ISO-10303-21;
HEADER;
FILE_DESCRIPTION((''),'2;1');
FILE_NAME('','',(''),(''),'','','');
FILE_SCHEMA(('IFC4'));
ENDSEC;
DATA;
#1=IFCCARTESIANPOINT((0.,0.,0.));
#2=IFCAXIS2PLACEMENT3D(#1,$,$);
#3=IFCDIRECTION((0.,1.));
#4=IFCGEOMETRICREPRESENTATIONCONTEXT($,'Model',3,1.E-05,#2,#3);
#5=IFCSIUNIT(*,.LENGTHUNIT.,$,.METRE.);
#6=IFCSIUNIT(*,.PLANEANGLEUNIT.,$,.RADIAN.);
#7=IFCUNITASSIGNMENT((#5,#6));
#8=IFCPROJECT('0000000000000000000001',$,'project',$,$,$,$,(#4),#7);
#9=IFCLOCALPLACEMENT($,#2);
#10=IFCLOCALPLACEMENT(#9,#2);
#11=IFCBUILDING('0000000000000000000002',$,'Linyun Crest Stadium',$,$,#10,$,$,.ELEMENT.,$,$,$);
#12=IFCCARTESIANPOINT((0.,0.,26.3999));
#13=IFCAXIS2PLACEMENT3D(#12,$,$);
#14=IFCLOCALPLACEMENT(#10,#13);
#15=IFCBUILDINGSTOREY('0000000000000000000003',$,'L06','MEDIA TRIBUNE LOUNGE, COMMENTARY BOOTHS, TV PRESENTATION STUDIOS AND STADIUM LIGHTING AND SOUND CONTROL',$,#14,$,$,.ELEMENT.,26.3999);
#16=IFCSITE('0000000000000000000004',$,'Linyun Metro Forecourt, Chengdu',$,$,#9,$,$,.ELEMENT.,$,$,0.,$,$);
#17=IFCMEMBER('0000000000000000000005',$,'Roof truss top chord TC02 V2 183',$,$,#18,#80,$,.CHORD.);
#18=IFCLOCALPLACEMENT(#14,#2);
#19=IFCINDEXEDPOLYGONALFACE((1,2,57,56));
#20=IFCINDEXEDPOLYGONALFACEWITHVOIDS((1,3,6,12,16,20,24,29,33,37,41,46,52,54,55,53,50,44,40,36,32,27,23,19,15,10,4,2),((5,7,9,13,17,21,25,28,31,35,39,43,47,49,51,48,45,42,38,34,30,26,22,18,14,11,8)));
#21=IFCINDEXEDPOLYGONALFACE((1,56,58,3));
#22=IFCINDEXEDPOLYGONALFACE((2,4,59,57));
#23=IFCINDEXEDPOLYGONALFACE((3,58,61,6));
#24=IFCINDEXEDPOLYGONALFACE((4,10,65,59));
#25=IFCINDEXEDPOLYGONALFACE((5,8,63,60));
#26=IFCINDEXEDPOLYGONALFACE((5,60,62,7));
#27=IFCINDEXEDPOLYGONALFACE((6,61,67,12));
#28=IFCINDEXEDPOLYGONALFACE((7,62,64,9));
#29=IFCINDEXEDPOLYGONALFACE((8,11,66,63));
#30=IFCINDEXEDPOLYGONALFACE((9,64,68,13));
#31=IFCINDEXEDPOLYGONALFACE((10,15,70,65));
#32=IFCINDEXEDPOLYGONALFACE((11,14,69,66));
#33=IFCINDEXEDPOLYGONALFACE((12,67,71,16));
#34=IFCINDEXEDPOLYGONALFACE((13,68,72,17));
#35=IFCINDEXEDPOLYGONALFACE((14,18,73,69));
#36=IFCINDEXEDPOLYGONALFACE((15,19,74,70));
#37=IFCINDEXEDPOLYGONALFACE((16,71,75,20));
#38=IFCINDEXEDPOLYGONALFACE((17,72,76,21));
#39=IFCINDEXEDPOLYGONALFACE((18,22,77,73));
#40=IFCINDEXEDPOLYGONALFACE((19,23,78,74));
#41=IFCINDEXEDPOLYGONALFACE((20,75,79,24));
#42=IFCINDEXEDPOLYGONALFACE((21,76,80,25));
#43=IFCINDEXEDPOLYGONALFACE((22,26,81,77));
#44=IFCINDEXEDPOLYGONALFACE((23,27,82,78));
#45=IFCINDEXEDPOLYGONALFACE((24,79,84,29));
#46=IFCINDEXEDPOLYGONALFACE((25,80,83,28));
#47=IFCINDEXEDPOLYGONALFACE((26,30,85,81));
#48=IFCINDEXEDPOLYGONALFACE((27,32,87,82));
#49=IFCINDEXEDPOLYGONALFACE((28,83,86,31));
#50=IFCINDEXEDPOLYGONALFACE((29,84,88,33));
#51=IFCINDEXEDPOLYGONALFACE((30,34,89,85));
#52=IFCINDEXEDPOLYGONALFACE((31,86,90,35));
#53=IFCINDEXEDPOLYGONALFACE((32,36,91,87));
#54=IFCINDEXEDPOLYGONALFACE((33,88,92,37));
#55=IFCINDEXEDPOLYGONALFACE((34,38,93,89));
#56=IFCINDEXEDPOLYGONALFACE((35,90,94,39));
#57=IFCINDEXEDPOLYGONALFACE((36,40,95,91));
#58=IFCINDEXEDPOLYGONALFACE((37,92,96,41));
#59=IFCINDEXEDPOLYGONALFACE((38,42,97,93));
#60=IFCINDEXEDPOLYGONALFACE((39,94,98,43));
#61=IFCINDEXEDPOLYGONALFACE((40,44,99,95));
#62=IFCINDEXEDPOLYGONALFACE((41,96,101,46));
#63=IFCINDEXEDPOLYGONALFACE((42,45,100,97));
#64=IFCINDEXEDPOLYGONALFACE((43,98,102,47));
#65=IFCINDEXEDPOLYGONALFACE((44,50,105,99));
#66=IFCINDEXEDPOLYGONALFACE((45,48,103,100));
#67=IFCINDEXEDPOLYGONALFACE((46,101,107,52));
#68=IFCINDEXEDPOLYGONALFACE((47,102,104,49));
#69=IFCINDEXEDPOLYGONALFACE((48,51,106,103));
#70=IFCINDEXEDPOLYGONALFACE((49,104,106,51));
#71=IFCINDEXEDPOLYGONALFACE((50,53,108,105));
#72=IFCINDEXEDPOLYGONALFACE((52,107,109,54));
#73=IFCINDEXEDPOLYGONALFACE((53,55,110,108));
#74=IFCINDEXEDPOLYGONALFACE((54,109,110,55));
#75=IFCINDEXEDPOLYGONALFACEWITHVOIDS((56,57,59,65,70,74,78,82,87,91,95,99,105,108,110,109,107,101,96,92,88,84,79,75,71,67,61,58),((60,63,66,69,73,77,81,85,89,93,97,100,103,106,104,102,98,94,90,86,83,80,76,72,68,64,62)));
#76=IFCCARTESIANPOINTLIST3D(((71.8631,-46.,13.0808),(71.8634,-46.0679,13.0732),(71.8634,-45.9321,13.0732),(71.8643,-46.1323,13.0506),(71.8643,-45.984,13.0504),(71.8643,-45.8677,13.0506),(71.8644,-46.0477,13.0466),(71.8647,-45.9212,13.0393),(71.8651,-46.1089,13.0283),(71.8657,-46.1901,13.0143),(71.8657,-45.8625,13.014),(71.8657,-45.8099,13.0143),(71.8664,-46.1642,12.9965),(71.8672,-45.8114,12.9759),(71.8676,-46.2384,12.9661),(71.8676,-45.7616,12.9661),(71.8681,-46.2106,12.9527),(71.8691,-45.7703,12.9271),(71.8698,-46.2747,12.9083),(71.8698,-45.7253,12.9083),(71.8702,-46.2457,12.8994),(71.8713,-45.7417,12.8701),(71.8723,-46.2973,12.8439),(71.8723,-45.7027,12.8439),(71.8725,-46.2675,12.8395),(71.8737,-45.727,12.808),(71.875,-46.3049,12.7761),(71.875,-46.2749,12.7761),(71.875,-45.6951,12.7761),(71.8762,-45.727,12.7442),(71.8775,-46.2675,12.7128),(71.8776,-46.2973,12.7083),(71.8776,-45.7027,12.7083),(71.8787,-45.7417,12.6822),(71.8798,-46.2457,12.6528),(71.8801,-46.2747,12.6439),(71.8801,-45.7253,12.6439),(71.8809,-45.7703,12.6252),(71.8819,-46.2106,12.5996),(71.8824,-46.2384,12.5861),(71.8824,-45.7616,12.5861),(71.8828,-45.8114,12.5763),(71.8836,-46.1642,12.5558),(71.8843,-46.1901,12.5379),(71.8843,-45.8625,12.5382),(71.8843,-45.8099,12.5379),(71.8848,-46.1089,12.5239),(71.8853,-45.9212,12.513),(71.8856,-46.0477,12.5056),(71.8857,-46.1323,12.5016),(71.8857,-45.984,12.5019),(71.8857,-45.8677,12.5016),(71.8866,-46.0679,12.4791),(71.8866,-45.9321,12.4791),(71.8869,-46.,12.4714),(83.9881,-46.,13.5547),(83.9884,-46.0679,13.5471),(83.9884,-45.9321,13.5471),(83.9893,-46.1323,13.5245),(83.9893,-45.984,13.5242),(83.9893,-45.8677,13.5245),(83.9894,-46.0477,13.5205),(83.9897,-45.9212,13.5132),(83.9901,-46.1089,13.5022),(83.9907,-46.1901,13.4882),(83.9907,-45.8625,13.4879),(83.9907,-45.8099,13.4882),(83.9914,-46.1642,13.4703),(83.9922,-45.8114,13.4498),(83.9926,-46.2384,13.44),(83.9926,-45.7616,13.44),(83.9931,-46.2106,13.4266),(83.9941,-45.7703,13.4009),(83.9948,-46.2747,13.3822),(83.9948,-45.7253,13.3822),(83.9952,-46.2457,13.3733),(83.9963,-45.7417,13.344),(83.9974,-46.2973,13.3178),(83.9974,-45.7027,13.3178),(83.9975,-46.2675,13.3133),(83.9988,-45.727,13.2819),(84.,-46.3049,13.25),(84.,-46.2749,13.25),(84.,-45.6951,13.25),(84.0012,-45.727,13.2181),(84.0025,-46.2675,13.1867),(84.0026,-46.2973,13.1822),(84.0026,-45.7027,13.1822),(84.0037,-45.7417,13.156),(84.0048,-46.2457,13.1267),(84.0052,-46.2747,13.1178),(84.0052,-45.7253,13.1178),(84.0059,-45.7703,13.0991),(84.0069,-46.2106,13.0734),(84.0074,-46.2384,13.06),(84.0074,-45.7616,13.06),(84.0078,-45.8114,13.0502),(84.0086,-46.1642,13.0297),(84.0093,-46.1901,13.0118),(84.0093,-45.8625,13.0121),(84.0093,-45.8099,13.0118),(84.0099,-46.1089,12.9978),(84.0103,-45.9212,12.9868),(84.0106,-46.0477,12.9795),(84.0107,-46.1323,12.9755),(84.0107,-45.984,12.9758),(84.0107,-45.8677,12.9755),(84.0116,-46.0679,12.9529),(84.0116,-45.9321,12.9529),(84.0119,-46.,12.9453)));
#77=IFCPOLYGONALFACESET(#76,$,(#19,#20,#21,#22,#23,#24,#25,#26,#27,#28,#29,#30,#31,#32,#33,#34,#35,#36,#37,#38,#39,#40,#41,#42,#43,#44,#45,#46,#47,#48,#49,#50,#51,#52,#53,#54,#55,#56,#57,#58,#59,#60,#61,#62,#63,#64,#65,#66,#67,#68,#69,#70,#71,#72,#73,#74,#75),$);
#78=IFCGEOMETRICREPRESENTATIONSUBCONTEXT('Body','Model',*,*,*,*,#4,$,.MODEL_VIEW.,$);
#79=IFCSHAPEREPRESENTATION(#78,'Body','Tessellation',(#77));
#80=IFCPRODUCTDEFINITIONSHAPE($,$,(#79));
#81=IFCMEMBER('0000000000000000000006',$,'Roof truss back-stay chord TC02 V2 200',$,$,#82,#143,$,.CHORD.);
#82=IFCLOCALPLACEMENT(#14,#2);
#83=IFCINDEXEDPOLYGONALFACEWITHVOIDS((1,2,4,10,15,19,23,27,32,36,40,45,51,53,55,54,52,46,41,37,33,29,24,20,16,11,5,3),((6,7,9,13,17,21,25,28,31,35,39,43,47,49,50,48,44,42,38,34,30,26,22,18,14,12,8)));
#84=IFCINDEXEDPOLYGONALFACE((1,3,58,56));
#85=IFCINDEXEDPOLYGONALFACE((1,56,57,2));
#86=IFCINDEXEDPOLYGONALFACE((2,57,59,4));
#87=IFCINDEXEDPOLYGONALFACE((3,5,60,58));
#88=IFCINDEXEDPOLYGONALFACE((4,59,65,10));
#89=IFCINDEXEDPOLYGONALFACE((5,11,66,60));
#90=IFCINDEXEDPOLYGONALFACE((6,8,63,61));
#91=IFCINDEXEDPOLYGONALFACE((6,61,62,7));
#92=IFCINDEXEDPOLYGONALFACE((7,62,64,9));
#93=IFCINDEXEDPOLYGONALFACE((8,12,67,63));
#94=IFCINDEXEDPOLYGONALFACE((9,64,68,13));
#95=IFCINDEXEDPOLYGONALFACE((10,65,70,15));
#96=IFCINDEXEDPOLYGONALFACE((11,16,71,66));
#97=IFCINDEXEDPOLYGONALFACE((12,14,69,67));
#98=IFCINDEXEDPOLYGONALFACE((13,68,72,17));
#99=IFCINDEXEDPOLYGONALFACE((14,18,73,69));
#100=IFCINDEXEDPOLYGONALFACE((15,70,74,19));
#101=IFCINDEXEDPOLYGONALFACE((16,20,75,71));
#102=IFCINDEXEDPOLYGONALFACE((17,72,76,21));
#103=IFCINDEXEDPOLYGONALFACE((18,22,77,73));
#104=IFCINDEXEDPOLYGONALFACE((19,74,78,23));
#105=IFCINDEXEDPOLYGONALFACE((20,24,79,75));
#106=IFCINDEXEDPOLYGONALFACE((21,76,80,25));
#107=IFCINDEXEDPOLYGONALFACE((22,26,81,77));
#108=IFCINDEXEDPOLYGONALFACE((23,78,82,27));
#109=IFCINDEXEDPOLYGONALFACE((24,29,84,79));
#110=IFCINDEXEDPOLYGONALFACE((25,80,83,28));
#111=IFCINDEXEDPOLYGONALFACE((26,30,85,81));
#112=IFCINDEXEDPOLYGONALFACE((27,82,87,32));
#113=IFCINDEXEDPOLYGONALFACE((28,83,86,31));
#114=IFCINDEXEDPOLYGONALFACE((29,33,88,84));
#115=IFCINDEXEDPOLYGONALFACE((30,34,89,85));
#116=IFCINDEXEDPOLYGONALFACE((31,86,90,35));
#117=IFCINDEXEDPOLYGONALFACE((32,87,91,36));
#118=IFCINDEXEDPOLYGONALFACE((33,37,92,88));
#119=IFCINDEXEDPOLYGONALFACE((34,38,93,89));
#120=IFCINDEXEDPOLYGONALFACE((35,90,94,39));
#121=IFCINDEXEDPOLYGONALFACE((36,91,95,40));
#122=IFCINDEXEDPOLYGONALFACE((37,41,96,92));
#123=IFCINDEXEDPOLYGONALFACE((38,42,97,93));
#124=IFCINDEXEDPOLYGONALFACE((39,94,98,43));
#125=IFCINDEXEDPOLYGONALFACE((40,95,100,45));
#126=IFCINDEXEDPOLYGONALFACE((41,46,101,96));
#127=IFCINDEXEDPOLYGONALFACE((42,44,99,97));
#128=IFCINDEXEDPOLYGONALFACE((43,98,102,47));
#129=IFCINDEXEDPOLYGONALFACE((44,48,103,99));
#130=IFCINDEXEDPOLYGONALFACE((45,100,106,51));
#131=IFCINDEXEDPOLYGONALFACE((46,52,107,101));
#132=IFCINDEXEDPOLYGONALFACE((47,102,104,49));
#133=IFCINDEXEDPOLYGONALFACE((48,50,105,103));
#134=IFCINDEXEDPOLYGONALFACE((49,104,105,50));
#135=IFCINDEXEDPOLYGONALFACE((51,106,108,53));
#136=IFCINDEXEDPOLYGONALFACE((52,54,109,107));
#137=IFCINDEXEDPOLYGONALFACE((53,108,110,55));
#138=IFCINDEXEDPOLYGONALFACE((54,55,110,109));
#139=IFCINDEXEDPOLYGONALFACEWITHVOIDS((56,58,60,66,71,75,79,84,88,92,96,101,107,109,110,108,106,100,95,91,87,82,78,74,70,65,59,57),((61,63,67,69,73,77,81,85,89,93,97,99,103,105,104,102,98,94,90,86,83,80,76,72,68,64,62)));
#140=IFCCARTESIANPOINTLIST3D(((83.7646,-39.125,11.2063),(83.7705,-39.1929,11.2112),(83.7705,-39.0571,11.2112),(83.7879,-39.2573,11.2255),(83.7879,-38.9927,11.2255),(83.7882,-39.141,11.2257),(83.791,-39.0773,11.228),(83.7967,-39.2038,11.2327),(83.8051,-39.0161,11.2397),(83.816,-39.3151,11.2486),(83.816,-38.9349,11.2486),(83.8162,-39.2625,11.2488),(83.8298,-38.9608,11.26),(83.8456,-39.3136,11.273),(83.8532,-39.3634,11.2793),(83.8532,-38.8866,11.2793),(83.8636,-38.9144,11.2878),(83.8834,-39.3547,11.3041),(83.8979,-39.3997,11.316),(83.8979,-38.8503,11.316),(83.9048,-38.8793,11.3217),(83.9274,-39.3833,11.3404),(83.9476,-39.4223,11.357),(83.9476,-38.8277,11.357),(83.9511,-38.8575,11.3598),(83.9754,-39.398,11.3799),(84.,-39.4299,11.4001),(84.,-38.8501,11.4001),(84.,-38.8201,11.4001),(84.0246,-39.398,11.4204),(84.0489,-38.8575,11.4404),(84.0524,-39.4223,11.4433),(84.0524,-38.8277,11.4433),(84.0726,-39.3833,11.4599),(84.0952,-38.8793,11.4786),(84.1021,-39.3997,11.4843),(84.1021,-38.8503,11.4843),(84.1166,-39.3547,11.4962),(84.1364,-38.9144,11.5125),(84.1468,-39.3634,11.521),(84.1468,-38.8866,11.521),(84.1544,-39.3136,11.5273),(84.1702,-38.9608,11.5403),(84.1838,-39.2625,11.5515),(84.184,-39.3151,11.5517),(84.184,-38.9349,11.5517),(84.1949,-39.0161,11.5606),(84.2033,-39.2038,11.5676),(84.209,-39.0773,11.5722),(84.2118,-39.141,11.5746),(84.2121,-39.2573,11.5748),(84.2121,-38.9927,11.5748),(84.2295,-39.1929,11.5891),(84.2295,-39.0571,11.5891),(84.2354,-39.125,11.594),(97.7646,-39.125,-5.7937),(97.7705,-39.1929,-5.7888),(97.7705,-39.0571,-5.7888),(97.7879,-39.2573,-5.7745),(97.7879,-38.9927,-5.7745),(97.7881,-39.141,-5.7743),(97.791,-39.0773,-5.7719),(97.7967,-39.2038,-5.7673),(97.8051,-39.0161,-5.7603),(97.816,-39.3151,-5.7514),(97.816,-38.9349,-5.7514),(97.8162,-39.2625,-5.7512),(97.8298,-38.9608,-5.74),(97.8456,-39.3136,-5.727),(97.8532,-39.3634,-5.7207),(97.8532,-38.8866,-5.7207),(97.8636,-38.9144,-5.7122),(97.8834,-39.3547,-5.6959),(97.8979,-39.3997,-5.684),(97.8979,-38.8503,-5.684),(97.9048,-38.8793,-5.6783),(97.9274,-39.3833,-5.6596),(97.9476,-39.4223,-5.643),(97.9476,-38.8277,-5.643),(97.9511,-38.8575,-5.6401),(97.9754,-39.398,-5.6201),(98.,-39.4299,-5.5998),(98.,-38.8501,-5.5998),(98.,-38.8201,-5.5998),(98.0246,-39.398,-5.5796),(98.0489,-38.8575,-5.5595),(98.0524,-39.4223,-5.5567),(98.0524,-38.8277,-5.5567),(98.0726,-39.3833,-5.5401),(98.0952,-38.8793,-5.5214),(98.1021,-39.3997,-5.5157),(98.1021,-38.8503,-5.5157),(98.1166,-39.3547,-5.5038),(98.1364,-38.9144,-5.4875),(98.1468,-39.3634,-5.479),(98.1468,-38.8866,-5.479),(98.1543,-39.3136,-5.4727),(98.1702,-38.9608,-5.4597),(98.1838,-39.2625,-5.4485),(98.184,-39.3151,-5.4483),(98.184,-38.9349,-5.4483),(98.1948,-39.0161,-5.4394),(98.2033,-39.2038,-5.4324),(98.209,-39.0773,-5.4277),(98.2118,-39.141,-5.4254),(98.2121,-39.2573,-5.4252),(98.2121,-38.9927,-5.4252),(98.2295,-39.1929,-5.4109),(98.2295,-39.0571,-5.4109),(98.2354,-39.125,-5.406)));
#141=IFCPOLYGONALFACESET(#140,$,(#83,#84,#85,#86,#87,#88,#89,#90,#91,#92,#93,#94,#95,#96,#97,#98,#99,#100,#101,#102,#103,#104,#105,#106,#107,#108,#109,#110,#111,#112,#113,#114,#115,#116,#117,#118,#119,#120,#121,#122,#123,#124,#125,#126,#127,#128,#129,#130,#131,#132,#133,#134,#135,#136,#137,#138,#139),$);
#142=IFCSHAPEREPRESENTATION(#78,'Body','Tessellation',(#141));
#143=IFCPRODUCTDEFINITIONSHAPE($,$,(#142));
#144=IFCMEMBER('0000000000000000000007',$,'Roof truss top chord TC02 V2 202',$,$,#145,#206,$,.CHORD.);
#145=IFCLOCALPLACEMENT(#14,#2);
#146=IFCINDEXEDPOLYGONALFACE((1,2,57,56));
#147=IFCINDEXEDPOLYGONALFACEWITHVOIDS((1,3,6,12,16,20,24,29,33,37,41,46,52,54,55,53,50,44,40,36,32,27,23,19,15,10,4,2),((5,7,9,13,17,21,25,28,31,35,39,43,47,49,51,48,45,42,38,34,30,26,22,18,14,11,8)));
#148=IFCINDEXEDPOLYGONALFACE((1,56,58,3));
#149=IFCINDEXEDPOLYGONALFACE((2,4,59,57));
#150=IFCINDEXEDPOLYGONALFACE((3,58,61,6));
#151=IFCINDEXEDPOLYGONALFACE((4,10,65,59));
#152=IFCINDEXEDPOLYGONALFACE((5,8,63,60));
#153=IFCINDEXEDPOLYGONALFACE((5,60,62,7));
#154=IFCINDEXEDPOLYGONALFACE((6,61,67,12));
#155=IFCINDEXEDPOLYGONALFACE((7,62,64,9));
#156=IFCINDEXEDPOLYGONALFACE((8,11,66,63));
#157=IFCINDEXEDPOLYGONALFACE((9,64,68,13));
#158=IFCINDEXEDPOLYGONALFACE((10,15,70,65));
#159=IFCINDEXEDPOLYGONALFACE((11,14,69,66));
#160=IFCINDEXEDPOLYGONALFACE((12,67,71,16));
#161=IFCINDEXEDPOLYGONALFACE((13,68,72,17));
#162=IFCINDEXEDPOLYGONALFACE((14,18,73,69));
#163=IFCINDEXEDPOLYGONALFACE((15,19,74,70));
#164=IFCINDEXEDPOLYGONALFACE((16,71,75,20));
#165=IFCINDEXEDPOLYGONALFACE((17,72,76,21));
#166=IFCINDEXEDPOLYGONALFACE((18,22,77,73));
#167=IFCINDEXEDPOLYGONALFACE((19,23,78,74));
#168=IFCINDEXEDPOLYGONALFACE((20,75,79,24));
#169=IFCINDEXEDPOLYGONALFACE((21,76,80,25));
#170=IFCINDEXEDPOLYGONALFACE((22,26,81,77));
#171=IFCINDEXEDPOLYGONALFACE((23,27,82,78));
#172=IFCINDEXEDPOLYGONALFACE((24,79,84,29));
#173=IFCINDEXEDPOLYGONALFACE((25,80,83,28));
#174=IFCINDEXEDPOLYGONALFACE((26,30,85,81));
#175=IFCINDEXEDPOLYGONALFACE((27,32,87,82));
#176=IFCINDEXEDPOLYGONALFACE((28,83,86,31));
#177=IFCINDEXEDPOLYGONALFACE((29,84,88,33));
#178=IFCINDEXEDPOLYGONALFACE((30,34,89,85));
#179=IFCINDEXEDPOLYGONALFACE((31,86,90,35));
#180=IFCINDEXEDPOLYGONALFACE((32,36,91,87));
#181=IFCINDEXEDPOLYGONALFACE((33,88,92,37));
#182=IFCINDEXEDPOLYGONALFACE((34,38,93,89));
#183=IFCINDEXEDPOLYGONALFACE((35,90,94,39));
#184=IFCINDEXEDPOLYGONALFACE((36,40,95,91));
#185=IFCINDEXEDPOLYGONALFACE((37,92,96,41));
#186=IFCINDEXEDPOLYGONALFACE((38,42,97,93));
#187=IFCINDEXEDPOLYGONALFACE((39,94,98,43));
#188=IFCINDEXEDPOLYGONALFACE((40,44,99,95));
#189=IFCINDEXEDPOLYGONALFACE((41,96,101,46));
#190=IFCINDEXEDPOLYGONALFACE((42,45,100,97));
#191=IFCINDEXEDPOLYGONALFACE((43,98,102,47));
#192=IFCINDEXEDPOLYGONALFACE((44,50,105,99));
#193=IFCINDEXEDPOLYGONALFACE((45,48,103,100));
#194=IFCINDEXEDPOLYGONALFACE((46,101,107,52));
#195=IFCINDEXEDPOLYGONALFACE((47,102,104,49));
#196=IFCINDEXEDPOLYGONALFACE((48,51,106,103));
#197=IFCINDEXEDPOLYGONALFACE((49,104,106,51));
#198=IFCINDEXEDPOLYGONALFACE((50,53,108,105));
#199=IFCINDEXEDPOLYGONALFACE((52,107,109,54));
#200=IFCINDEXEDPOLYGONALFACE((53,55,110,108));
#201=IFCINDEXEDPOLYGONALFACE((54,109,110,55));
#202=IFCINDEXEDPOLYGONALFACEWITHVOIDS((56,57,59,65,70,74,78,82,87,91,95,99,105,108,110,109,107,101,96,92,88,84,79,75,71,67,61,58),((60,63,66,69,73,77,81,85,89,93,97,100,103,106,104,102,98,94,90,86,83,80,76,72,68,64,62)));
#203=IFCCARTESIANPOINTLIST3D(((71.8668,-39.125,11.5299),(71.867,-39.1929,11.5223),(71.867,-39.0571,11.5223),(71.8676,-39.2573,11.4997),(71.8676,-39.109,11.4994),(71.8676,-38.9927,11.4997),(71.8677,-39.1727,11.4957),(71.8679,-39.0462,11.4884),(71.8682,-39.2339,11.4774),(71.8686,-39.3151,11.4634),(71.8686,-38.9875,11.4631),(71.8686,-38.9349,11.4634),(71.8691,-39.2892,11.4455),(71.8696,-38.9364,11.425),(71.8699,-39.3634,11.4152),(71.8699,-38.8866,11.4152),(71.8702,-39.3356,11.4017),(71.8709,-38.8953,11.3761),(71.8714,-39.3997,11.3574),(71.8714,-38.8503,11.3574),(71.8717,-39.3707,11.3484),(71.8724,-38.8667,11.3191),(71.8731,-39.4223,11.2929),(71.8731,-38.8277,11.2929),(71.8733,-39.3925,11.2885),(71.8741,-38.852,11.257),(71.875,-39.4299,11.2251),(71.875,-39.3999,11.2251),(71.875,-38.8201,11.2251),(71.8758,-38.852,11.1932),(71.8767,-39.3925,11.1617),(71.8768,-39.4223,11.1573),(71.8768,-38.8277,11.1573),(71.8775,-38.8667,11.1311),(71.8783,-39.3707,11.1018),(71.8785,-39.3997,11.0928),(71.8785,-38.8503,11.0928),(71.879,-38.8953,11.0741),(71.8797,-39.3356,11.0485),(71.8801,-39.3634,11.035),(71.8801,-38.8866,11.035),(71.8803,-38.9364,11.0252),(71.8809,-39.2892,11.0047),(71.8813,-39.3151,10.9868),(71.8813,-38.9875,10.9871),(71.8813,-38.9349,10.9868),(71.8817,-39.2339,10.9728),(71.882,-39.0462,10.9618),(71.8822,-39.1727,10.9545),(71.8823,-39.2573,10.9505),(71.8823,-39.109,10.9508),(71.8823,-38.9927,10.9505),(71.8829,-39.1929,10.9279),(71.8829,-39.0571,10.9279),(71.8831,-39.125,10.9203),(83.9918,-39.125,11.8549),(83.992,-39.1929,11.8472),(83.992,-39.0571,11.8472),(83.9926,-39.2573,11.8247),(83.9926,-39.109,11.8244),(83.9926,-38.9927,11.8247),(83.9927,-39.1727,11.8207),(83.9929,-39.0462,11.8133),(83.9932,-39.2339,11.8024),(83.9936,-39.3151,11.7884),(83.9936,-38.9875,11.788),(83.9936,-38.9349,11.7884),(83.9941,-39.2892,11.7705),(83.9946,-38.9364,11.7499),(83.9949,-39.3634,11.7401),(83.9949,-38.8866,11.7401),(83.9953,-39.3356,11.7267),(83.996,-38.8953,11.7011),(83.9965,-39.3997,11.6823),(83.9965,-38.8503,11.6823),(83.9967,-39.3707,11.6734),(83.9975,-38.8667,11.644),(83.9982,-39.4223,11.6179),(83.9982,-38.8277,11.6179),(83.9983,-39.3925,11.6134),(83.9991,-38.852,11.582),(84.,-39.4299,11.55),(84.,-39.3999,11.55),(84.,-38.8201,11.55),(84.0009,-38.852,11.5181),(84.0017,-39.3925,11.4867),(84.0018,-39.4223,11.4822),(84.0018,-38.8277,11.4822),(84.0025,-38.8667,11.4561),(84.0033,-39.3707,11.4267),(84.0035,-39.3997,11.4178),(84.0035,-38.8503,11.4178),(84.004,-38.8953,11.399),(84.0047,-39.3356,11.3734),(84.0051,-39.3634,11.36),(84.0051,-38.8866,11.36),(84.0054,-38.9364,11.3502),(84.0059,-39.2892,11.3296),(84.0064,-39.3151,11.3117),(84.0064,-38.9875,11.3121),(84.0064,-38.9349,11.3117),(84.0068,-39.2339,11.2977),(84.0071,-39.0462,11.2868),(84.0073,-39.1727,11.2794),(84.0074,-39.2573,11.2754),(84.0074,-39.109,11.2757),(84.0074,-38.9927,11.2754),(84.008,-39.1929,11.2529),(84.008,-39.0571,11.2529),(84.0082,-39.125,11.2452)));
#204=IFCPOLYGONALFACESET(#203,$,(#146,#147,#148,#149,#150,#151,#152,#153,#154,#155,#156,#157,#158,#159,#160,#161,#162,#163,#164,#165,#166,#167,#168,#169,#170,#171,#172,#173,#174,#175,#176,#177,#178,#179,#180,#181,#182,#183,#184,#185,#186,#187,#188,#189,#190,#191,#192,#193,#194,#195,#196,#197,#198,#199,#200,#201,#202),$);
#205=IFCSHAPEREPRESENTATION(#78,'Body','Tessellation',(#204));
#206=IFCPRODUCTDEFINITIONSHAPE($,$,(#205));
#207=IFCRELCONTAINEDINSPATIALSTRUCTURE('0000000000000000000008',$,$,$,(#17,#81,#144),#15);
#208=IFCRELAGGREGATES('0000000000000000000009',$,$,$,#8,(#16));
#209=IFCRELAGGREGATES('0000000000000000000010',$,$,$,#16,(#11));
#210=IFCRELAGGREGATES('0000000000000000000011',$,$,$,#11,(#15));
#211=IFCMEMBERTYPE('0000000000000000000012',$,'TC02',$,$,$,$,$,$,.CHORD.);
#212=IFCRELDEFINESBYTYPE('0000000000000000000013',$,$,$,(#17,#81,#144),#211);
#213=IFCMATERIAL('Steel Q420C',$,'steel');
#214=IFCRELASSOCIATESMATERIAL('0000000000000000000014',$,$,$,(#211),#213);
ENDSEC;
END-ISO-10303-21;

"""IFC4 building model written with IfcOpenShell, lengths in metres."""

from ifc_helpers import new_model, si_unit, direction, frame, origin, origin_2d, place, context, subcontext, project, spatial, hollow_circle, extrude, material, material_profile, profile_set, type_object, element, save


model = new_model("IFC4")

# Units and contexts
model_context = context("Model", 3, precision=1e-05, world=origin(), true_north=direction((0.0, 1.0)))
body_context = subcontext(model_context, "Body", "Model", "MODEL_VIEW")
ifc_project = project(units=[si_unit("LENGTHUNIT", "METRE"), si_unit("PLANEANGLEUNIT", "RADIAN")], contexts=[model_context])

# Site, building, storey
site_placement = place(None, origin())
site = spatial("IfcSite", under=ifc_project, at=site_placement, Name="Linyun Metro Forecourt, Chengdu", CompositionType="ELEMENT", RefElevation=0.0)
building_placement = place(site_placement, origin())
building = spatial("IfcBuilding", under=site, at=building_placement, Name="Linyun Crest Stadium", CompositionType="ELEMENT")
storey_placement = place(building_placement, frame((0.0, 0.0, 26.3999)))
storey = spatial("IfcBuildingStorey", under=building, at=storey_placement, Name="L06", Description="MEDIA TRIBUNE LOUNGE, COMMENTARY BOOTHS, TV PRESENTATION STUDIOS AND STADIUM LIGHTING AND SOUND CONTROL", CompositionType="ELEMENT", Elevation=26.3999)

# Members
ifc_material_1 = material(Name="Steel Q420C", Category="steel")
ifc_material_profile_1 = material_profile(ifc_material_1, hollow_circle(Radius=0.3049, WallThickness=0.03, at=origin_2d()), Name="CHS 610x30")
ifc_profile_set_1 = profile_set([ifc_material_profile_1], Name="Steel Q420C")
member_type_1 = type_object("IfcMemberType", Name="TC02", PredefinedType="CHORD", material=ifc_profile_set_1)
member_1_placement = place(storey_placement, frame((84.0, -46.0, 13.25), z_axis=(-0.999237, 0.0, -0.039053), x_axis=(0.0, -1.0, 0.0)))
element("IfcMember", 1, at=member_1_placement, inside=storey, type_object=member_type_1, Name="Roof truss top chord TC02 V2 183", PredefinedType="CHORD", context=body_context, shape_type="SweptSolid", body=[
    extrude(hollow_circle(Radius=0.3049, WallThickness=0.03, at=origin_2d()), origin(), (0.0, 0.0, 1.0), 12.1343),
])
member_2_placement = place(storey_placement, frame((84.0, -39.125, 11.4001), z_axis=(0.635707, 0.0, -0.77193), x_axis=(0.0, 1.0, 0.0)))
element("IfcMember", 2, at=member_2_placement, inside=storey, type_object=member_type_1, Name="Roof truss back-stay chord TC02 V2 200", PredefinedType="CHORD", context=body_context, shape_type="SweptSolid", body=[
    extrude(hollow_circle(Radius=0.3049, WallThickness=0.03, at=origin_2d()), origin(), (0.0, 0.0, 1.0), 22.0227),
])
member_3_placement = place(storey_placement, frame((84.0, -39.125, 11.55), z_axis=(-0.999641, 0.0, -0.02679), x_axis=(0.0, -1.0, 0.0)))
element("IfcMember", 3, at=member_3_placement, inside=storey, type_object=member_type_1, Name="Roof truss top chord TC02 V2 202", PredefinedType="CHORD", context=body_context, shape_type="SweptSolid", body=[
    extrude(hollow_circle(Radius=0.3049, WallThickness=0.03, at=origin_2d()), origin(), (0.0, 0.0, 1.0), 12.1294),
])

save(model, "model.ifc")
